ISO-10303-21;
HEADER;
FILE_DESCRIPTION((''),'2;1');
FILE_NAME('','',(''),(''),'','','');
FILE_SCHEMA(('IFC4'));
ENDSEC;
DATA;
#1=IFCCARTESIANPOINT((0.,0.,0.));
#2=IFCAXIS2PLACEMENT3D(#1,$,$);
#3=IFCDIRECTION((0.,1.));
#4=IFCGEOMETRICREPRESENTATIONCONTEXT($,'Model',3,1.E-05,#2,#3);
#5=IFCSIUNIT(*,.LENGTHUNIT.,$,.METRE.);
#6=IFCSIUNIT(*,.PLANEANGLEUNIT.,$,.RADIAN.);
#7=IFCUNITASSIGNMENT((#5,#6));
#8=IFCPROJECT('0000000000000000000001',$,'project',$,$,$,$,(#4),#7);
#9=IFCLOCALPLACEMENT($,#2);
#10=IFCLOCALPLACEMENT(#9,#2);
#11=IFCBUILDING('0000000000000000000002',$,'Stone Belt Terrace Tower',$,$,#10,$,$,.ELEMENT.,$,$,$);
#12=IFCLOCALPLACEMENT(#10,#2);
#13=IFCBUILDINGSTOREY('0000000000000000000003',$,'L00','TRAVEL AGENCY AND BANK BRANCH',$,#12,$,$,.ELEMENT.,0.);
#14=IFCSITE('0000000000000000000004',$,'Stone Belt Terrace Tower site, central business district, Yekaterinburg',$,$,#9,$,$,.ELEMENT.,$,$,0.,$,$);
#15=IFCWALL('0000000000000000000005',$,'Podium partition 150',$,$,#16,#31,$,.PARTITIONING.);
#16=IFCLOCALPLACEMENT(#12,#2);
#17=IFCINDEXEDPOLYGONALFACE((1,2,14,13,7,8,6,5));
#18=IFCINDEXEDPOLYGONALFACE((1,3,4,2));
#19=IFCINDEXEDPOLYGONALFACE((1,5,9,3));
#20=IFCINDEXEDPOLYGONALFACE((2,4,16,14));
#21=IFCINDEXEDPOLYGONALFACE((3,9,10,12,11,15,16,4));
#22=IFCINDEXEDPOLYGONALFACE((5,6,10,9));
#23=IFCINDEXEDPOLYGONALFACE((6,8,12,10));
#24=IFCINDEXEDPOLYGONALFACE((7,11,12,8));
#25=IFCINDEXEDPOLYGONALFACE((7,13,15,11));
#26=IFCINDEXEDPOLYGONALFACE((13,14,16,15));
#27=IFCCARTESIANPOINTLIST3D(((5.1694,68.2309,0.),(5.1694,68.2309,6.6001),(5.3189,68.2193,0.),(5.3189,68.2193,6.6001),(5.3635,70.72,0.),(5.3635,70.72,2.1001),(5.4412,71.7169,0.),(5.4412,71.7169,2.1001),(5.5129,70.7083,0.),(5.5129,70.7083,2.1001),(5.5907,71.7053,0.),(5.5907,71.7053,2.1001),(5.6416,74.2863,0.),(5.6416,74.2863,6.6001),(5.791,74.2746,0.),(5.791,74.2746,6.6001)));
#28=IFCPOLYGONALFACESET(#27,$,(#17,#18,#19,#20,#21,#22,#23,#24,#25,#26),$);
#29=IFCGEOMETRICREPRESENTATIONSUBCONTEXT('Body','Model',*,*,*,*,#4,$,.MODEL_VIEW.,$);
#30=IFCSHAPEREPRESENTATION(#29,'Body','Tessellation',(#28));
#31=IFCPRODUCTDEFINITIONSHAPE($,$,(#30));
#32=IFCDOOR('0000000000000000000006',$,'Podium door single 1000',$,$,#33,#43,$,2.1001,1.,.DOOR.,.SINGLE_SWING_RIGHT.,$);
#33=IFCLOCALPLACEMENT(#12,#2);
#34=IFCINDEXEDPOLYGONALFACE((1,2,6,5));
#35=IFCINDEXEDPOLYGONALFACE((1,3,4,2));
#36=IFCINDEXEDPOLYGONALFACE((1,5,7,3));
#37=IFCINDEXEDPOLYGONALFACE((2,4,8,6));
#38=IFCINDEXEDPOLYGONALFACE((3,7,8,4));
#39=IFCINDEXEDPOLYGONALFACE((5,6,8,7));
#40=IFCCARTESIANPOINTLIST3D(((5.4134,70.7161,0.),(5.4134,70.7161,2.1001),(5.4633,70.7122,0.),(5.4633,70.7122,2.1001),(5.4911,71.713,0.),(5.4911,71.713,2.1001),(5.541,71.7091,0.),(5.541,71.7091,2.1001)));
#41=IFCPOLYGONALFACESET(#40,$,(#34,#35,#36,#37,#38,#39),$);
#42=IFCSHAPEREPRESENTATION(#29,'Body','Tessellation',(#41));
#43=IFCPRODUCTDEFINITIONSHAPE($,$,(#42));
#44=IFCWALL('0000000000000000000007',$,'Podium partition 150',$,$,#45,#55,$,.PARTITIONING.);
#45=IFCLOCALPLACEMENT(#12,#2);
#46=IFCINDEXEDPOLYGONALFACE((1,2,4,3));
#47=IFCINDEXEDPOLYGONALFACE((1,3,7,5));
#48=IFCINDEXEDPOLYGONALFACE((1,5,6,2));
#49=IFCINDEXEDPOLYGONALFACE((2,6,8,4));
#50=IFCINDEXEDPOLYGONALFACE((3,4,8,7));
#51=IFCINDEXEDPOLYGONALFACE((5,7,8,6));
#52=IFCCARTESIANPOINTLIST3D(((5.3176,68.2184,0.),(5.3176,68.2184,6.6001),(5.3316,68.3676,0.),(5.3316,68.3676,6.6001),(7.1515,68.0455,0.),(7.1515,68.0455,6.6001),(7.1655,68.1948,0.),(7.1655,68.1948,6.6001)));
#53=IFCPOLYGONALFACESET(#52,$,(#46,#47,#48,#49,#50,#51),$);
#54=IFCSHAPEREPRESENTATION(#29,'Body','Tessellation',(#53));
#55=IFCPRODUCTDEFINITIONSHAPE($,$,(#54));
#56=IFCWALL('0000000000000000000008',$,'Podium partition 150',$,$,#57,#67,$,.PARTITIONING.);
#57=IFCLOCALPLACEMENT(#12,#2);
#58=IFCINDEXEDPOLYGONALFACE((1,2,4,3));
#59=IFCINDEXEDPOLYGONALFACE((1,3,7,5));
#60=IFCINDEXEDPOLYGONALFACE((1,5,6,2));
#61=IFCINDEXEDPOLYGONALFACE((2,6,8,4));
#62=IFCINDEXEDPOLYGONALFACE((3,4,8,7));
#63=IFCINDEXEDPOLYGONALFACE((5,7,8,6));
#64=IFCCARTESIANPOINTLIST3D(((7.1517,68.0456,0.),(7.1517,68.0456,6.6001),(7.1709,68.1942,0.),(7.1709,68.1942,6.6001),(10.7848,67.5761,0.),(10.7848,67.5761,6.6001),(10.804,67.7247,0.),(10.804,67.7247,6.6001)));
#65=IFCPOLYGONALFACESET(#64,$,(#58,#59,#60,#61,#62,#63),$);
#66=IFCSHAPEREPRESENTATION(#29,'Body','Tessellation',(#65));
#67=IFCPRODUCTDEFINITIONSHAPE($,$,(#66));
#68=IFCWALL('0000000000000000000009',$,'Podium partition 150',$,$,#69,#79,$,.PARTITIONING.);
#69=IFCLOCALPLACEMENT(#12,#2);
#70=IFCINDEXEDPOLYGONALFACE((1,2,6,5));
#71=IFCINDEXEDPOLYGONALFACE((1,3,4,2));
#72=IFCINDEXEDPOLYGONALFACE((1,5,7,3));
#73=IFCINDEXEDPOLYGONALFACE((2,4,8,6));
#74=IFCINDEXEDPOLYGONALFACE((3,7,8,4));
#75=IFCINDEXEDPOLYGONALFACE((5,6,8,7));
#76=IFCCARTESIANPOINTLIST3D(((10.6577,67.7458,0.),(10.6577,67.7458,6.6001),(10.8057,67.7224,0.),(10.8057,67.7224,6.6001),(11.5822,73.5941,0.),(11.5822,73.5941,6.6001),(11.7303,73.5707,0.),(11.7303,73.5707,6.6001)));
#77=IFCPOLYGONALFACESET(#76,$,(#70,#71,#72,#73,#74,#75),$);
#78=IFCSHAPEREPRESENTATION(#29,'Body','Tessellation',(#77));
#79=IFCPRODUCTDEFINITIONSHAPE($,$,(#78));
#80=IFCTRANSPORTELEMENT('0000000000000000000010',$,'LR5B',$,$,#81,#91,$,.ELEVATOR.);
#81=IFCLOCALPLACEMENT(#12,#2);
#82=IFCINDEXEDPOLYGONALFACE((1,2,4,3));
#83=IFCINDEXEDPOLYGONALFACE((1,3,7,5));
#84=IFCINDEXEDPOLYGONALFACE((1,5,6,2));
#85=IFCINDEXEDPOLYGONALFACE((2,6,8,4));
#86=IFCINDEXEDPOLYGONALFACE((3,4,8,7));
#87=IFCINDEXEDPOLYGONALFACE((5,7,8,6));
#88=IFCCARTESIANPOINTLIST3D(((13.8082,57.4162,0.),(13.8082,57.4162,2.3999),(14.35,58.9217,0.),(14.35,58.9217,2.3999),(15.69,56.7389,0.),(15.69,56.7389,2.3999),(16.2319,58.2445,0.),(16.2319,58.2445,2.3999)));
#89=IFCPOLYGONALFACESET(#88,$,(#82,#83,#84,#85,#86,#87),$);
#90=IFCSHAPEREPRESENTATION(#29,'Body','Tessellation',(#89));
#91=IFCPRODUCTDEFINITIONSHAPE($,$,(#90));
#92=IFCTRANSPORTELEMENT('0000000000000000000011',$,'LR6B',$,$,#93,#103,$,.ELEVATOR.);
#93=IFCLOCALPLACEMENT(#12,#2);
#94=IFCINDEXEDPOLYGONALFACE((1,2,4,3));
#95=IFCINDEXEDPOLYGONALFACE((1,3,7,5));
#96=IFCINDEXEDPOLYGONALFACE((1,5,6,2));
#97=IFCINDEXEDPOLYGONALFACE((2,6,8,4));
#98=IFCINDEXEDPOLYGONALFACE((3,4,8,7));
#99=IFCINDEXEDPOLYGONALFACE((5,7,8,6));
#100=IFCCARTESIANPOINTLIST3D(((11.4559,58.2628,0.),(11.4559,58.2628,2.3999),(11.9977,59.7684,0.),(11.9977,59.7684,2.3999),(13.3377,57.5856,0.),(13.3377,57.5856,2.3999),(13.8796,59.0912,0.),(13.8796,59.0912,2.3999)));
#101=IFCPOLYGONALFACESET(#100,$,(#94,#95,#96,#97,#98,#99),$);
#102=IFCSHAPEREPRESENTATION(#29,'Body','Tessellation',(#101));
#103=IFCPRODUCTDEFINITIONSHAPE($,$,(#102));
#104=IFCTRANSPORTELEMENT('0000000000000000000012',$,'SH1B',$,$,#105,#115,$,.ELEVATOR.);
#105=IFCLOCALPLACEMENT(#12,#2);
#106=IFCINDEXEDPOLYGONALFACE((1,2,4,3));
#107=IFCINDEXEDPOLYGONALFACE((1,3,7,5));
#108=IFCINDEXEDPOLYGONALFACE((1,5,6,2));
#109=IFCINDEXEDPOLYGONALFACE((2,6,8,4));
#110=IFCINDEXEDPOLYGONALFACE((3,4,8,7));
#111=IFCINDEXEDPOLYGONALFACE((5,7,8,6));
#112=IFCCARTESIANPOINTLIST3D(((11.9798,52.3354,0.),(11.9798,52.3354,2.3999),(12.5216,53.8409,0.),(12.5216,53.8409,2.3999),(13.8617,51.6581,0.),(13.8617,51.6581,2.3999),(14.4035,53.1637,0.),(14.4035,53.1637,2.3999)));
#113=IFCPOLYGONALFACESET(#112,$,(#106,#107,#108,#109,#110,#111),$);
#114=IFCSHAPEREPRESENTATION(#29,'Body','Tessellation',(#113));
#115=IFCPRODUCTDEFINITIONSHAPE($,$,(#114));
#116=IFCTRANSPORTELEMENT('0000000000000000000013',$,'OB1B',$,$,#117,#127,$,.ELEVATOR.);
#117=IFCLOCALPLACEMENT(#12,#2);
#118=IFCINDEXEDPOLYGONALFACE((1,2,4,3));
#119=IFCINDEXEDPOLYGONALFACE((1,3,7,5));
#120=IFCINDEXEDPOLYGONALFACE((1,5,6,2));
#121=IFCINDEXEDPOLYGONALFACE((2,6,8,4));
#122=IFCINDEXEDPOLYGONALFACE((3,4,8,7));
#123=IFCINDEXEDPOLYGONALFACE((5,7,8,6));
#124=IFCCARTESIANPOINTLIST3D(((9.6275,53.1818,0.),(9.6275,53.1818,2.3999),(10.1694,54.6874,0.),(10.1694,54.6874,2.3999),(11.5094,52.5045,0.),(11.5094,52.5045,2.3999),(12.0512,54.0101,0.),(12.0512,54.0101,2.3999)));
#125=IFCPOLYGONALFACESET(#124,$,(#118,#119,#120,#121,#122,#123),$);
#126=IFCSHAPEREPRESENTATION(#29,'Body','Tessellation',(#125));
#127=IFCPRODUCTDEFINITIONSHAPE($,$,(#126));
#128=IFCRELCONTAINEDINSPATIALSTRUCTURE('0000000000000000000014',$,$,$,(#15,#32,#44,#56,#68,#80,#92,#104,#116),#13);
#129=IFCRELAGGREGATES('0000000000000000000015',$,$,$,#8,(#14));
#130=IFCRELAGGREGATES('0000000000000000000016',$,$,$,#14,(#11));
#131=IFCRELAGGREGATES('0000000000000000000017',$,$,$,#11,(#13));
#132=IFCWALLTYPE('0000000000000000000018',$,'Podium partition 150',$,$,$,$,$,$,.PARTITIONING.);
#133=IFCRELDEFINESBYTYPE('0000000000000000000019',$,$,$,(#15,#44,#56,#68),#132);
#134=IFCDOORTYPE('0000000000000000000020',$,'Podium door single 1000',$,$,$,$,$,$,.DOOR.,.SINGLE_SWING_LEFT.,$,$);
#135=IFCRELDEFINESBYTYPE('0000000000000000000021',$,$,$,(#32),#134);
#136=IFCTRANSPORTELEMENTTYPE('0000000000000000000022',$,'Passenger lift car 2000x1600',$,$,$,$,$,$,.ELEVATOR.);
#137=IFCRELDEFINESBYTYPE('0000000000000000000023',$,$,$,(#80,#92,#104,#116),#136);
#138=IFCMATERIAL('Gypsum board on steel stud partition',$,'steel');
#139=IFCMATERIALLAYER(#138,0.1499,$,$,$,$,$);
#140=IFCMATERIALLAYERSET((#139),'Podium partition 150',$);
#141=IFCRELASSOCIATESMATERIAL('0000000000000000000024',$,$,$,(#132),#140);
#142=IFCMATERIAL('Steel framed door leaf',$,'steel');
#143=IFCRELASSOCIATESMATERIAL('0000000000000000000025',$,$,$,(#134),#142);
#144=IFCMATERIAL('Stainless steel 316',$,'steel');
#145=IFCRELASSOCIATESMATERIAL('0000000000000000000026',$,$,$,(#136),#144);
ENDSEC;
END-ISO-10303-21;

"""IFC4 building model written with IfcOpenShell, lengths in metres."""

from ifc_helpers import new_model, si_unit, direction, frame, frame_2d, origin, origin_2d, place, context, subcontext, project, spatial, rectangle, extrude, material, layer, layer_set, type_object, element, fill, save


model = new_model("IFC4")

# Units and contexts
model_context = context("Model", 3, precision=1e-05, world=origin(), true_north=direction((0.0, 1.0)))
body_context = subcontext(model_context, "Body", "Model", "MODEL_VIEW")
ifc_project = project(units=[si_unit("LENGTHUNIT", "METRE"), si_unit("PLANEANGLEUNIT", "RADIAN")], contexts=[model_context])

# Site, building, storey
site_placement = place(None, origin())
site = spatial("IfcSite", under=ifc_project, at=site_placement, Name="Stone Belt Terrace Tower site, central business district, Yekaterinburg", CompositionType="ELEMENT", RefElevation=0.0)
building_placement = place(site_placement, origin())
building = spatial("IfcBuilding", under=site, at=building_placement, Name="Stone Belt Terrace Tower", CompositionType="ELEMENT")
storey_placement = place(building_placement, origin())
storey = spatial("IfcBuildingStorey", under=building, at=storey_placement, Name="L00", Description="TRAVEL AGENCY AND BANK BRANCH", CompositionType="ELEMENT", Elevation=0.0)

# Shared definitions
ifc_material_1 = material(Name="Steel framed door leaf", Category="steel")

# Wall, opening, door
ifc_material_2 = material(Name="Gypsum board on steel stud partition", Category="steel")
ifc_layer_1 = layer(ifc_material_2, 0.1499)
ifc_layer_set_1 = layer_set([ifc_layer_1], Name="Podium partition 150")
wall_type_1 = type_object("IfcWallType", Name="Podium partition 150", PredefinedType="PARTITIONING", material=ifc_layer_set_1)
wall_1_placement = place(storey_placement, frame((5.2441, 68.2251, 0.0), z_axis=(0.0, 0.0, 1.0), x_axis=(0.077738, 0.996974, 0.0)))
wall_1 = element("IfcWall", 1, at=wall_1_placement, inside=storey, type_object=wall_type_1, Name="Podium partition 150", PredefinedType="PARTITIONING", context=body_context, shape_type="SweptSolid", body=[
    extrude(rectangle(XDim=6.0737, YDim=0.1499, at=frame_2d((3.0369, 0.0))), origin(), (0.0, 0.0, 1.0), 6.6001),
])
opening_1_placement = place(wall_1_placement, frame((2.4966, 0.0, 0.0)))
opening_1 = element("IfcOpeningElement", 2, at=opening_1_placement, cuts=wall_1, PredefinedType="OPENING", context=body_context, shape_type="SweptSolid", body=[
    extrude(rectangle(XDim=1.0, YDim=2.1001, at=frame_2d((0.5, 1.05))), frame((0.0, 0.085, 0.0), z_axis=(0.0, -1.0, 0.0), x_axis=(1.0, 0.0, 0.0)), (0.0, 0.0, 1.0), 0.1699),
])
door_type_1 = type_object("IfcDoorType", Name="Podium door single 1000", OperationType="SINGLE_SWING_LEFT", PredefinedType="DOOR", material=ifc_material_1)
door_1_placement = place(opening_1_placement, origin())
door_1 = element("IfcDoor", 3, at=door_1_placement, inside=storey, type_object=door_type_1, Name="Podium door single 1000", OperationType="SINGLE_SWING_RIGHT", OverallHeight=2.1001, OverallWidth=1.0, PredefinedType="DOOR", context=body_context, shape_type="SweptSolid", body=[
    extrude(rectangle(XDim=1.0, YDim=2.1001, at=frame_2d((0.5, 1.05))), frame((0.0, 0.0249, 0.0), z_axis=(0.0, -1.0, 0.0), x_axis=(1.0, 0.0, 0.0)), (0.0, 0.0, 1.0), 0.05),
])
fill(opening_1, door_1)

# Walls
wall_2_placement = place(storey_placement, frame((5.3247, 68.293, 0.0), z_axis=(0.0, 0.0, 1.0), x_axis=(0.995588, -0.093833, 0.0)))
element("IfcWall", 4, at=wall_2_placement, inside=storey, type_object=wall_type_1, Name="Podium partition 150", PredefinedType="PARTITIONING", context=body_context, shape_type="SweptSolid", body=[
    extrude(rectangle(XDim=1.842, YDim=0.1499, at=frame_2d((0.9209, 0.0))), origin(), (0.0, 0.0, 1.0), 6.6001),
])
wall_3_placement = place(storey_placement, frame((7.1614, 68.1199, 0.0), z_axis=(0.0, 0.0, 1.0), x_axis=(0.991754, -0.12816, 0.0)))
element("IfcWall", 5, at=wall_3_placement, inside=storey, type_object=wall_type_1, Name="Podium partition 150", PredefinedType="PARTITIONING", context=body_context, shape_type="SweptSolid", body=[
    extrude(rectangle(XDim=3.6633, YDim=0.1499, at=frame_2d((1.8315, 0.0))), origin(), (0.0, 0.0, 1.0), 6.6001),
])
wall_4_placement = place(storey_placement, frame((10.7317, 67.7341, 0.0), z_axis=(0.0, 0.0, 1.0), x_axis=(0.156149, 0.987734, 0.0)))
element("IfcWall", 6, at=wall_4_placement, inside=storey, type_object=wall_type_1, Name="Podium partition 150", PredefinedType="PARTITIONING", context=body_context, shape_type="SweptSolid", body=[
    extrude(rectangle(XDim=5.9209, YDim=0.1499, at=frame_2d((2.9604, 0.0))), origin(), (0.0, 0.0, 1.0), 6.6001),
])

# Transport elements
ifc_material_3 = material(Name="Stainless steel 316", Category="steel")
transport_element_type = type_object("IfcTransportElementType", Name="Passenger lift car 2000x1600", PredefinedType="ELEVATOR", material=ifc_material_3)
for number, where, z_axis, x_axis, name in (
    (7, (15.02, 57.8303, 0.0), (0.0, 0.0, 1.0), (-0.940922, 0.338625, 0.0), "LR5B"),
    (8, (12.6677, 58.677, 0.0), (0.0, 0.0, 1.0), (-0.940922, 0.338625, 0.0), "LR6B"),
    (9, (13.1917, 52.7495, 0.0), (0.0, 0.0, 1.0), (-0.940922, 0.338625, 0.0), "SH1B"),
    (10, (10.8394, 53.5959, 0.0), (0.0, 0.0, 1.0), (-0.940922, 0.338625, 0.0), "OB1B"),
):
    element("IfcTransportElement", number, at=place(storey_placement, frame(where, z_axis=z_axis, x_axis=x_axis)), inside=storey, type_object=transport_element_type, Name=name, PredefinedType="ELEVATOR", context=body_context, shape_type="SweptSolid", body=[
        extrude(rectangle(XDim=2.0, YDim=1.6001, at=origin_2d()), origin(), (0.0, 0.0, 1.0), 2.3999),
    ])

save(model, "model.ifc")
